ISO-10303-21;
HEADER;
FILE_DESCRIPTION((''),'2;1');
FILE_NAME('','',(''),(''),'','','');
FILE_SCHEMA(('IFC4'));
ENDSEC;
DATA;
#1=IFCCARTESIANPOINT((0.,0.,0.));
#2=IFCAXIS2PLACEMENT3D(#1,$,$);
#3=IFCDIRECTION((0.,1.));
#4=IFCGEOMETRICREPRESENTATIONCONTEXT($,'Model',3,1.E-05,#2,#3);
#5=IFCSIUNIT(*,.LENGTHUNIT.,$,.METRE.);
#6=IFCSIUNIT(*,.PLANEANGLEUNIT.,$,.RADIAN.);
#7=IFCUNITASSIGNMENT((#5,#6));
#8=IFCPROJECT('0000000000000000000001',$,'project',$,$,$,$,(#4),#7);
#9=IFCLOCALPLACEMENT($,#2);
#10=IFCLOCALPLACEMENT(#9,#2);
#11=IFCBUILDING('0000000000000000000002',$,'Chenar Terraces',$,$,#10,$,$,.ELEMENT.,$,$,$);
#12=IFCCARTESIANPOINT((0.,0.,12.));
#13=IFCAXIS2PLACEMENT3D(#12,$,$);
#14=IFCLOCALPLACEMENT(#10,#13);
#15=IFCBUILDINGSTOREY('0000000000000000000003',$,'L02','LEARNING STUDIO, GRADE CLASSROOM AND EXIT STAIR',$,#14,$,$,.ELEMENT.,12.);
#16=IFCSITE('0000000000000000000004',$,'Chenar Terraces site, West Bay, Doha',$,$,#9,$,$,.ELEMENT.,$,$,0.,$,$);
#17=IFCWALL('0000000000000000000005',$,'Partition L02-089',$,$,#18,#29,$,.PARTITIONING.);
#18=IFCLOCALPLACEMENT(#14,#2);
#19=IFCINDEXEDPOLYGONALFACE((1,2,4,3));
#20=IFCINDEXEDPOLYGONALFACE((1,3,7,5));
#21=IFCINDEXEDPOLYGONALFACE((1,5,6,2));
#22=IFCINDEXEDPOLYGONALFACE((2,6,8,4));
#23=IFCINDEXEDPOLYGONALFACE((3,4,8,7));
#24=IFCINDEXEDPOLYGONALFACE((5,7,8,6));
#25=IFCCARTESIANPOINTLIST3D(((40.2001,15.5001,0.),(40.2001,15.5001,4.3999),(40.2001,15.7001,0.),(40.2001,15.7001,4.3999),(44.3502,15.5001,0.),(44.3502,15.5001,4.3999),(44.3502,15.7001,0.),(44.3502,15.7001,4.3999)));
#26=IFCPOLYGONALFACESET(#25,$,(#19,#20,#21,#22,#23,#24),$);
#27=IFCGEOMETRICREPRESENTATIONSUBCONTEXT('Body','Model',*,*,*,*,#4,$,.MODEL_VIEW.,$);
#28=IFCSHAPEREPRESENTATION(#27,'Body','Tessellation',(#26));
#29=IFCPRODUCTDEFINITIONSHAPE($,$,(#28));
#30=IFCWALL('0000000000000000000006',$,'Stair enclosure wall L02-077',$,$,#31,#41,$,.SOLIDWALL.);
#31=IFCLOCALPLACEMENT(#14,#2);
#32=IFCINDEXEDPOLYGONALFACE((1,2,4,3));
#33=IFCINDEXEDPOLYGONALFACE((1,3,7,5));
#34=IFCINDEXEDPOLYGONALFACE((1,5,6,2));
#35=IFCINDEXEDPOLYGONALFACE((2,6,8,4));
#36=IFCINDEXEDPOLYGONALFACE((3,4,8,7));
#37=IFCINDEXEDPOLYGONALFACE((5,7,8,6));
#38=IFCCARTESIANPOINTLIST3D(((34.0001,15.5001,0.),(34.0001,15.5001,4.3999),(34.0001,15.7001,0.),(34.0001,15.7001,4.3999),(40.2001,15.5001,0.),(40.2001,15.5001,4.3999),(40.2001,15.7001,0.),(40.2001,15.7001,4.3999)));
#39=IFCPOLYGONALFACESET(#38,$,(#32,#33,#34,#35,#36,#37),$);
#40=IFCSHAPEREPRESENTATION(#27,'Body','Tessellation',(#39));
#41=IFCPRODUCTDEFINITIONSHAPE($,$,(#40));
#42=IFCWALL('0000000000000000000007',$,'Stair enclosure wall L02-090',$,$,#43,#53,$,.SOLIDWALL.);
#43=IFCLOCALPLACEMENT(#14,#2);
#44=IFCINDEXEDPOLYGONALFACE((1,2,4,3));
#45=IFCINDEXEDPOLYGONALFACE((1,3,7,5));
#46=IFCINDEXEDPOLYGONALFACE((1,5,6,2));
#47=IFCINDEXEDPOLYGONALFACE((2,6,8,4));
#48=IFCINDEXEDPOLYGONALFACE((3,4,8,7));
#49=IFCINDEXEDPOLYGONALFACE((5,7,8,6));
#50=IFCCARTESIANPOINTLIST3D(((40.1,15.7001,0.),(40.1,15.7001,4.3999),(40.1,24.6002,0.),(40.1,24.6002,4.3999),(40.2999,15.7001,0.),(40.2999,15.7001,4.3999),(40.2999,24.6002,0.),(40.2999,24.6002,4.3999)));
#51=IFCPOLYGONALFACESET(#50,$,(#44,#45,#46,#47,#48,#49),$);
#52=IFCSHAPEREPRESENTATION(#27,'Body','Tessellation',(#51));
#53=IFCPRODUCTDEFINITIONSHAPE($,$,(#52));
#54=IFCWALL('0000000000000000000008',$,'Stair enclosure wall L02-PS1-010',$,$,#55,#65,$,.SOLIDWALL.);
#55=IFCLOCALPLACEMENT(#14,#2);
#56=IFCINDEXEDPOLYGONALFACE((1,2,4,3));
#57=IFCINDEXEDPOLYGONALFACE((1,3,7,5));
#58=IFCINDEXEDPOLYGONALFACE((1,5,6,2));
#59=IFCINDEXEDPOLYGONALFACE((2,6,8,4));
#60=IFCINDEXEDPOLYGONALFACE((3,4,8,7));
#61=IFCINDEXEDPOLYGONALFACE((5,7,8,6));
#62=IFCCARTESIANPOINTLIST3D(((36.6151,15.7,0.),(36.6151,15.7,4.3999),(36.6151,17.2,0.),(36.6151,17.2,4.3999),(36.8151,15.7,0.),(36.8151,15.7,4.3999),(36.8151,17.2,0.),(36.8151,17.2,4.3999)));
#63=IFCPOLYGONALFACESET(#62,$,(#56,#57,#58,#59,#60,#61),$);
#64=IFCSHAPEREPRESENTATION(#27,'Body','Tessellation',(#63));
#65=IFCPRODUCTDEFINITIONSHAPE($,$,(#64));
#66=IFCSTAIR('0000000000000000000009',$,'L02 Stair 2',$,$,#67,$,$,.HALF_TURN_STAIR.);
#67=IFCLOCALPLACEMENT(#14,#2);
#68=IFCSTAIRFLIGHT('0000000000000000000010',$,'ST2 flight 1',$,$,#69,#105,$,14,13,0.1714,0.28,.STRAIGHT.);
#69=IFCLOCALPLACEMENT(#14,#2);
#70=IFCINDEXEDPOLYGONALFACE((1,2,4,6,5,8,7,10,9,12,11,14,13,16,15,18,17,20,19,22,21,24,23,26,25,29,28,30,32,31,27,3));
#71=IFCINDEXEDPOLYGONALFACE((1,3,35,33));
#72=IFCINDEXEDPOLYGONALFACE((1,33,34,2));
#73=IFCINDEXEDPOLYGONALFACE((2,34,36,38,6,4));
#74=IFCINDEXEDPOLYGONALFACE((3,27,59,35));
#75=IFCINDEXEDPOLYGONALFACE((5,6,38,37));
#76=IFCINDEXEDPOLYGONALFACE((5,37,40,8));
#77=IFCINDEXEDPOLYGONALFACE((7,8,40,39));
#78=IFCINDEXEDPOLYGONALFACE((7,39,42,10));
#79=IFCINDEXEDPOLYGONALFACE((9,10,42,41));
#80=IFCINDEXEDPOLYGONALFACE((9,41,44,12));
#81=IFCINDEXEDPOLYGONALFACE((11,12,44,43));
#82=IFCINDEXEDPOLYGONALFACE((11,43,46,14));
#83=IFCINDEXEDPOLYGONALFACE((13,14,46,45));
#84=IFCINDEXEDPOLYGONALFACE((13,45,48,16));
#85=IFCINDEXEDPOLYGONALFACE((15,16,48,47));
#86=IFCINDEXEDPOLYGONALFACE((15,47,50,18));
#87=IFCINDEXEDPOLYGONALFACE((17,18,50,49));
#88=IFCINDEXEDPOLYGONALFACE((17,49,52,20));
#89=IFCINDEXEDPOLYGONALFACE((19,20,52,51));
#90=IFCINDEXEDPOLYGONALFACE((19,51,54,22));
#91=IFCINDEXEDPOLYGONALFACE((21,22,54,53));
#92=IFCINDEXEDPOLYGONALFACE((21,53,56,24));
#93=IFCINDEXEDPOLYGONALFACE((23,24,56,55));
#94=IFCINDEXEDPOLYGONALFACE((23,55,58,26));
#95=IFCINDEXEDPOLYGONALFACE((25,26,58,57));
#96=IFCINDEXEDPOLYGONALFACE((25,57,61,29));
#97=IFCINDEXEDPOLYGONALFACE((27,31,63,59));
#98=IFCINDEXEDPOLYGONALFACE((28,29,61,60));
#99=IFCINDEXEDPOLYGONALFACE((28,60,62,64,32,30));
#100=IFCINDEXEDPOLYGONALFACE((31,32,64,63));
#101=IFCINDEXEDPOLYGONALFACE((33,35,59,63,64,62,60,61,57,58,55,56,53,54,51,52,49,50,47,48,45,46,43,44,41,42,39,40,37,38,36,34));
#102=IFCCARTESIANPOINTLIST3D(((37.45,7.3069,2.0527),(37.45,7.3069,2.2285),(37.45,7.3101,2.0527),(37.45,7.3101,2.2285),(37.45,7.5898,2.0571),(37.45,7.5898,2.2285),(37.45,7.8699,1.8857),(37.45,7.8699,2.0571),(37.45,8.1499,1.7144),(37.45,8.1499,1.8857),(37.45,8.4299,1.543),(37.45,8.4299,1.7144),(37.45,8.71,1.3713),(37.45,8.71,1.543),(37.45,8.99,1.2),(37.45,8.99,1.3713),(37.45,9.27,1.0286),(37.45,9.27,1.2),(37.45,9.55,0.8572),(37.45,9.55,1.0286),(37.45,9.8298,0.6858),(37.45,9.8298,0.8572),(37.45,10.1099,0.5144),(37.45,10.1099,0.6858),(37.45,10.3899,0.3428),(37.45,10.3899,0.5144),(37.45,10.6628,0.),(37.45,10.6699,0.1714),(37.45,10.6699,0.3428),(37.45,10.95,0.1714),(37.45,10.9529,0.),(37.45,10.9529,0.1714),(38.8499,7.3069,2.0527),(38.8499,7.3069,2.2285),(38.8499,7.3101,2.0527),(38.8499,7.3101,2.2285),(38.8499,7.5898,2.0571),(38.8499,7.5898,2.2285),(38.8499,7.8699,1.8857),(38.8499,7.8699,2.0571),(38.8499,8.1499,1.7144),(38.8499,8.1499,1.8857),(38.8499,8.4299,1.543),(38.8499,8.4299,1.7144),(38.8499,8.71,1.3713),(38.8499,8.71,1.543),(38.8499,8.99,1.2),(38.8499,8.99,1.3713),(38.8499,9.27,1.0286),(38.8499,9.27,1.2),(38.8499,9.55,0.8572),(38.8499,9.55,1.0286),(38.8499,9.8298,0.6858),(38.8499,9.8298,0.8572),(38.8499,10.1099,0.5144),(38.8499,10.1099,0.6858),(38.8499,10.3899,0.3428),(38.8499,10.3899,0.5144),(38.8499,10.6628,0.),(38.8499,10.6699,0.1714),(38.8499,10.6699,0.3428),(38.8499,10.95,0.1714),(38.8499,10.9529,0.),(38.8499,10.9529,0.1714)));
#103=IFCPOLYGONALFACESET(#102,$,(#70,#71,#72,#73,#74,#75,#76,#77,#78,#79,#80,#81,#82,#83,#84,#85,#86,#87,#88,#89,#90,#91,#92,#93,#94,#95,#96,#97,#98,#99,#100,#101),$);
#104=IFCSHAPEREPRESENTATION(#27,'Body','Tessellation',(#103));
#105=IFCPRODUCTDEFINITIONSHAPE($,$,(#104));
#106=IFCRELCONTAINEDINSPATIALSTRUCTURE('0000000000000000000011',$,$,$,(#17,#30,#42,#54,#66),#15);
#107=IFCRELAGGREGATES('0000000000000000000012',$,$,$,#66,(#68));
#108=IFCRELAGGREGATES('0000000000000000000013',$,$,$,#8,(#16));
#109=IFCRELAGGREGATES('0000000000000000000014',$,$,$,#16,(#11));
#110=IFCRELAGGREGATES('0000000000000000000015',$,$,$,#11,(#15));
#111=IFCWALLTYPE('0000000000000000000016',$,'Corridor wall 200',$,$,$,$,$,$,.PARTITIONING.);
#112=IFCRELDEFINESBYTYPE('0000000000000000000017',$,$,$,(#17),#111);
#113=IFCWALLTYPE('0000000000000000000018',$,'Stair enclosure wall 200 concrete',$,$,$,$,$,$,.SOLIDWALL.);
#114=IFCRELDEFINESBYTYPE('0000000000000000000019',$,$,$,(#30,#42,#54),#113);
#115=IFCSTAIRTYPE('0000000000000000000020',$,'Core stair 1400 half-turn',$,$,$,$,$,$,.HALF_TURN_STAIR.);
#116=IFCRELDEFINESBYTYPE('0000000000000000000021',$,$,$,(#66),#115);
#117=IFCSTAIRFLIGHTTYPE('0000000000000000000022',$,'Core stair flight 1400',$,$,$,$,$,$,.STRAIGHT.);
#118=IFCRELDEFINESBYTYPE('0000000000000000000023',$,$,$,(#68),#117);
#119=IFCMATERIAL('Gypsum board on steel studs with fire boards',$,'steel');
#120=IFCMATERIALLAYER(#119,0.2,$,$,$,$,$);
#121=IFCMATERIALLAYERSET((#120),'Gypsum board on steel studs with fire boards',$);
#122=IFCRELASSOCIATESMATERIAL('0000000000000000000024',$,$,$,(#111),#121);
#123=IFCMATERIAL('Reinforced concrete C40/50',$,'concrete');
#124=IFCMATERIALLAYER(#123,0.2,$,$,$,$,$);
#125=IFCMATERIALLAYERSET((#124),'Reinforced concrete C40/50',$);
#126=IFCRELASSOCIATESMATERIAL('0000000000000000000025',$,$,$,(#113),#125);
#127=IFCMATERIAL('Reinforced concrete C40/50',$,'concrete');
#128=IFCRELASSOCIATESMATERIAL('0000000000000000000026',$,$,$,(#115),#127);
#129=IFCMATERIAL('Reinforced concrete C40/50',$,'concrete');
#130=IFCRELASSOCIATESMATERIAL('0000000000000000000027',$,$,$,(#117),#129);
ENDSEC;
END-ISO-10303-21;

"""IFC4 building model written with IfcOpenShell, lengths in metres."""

from ifc_helpers import new_model, si_unit, direction, frame, frame_2d, origin, place, context, subcontext, project, spatial, polyline, rectangle, outline, extrude, material, layer, layer_set, type_object, element, aggregate, save


model = new_model("IFC4")

# Units and contexts
model_context = context("Model", 3, precision=1e-05, world=origin(), true_north=direction((0.0, 1.0)))
body_context = subcontext(model_context, "Body", "Model", "MODEL_VIEW")
ifc_project = project(units=[si_unit("LENGTHUNIT", "METRE"), si_unit("PLANEANGLEUNIT", "RADIAN")], contexts=[model_context])

# Site, building, storey
site_placement = place(None, origin())
site = spatial("IfcSite", under=ifc_project, at=site_placement, Name="Chenar Terraces site, West Bay, Doha", CompositionType="ELEMENT", RefElevation=0.0)
building_placement = place(site_placement, origin())
building = spatial("IfcBuilding", under=site, at=building_placement, Name="Chenar Terraces", CompositionType="ELEMENT")
storey_placement = place(building_placement, frame((0.0, 0.0, 12.0)))
storey = spatial("IfcBuildingStorey", under=building, at=storey_placement, Name="L02", Description="LEARNING STUDIO, GRADE CLASSROOM AND EXIT STAIR", CompositionType="ELEMENT", Elevation=12.0)

# Shared definitions
ifc_material_1 = material(Name="Gypsum board on steel studs with fire boards", Category="steel")
ifc_layer_1 = layer(ifc_material_1, 0.2)
ifc_layer_set_1 = layer_set([ifc_layer_1], Name="Gypsum board on steel studs with fire boards")
wall_type_1 = type_object("IfcWallType", Name="Corridor wall 200", PredefinedType="PARTITIONING", material=ifc_layer_set_1)

# Walls
wall_1_placement = place(storey_placement, frame((40.2, 15.6001, 0.0), z_axis=(0.0, 0.0, 1.0), x_axis=(1.0, 0.0, 0.0)))
element("IfcWall", 1, at=wall_1_placement, inside=storey, type_object=wall_type_1, Name="Partition L02-089", PredefinedType="PARTITIONING", context=body_context, shape_type="SweptSolid", body=[
    extrude(rectangle(XDim=4.1501, YDim=0.2, at=frame_2d((2.0752, 0.0))), origin(), (0.0, 0.0, 1.0), 4.3999),
])
ifc_material_2 = material(Name="Reinforced concrete C40/50", Category="concrete")
ifc_layer_2 = layer(ifc_material_2, 0.2)
ifc_layer_set_2 = layer_set([ifc_layer_2], Name="Reinforced concrete C40/50")
wall_type_2 = type_object("IfcWallType", Name="Stair enclosure wall 200 concrete", PredefinedType="SOLIDWALL", material=ifc_layer_set_2)
wall_2_placement = place(storey_placement, frame((34.0, 15.6001, 0.0), z_axis=(0.0, 0.0, 1.0), x_axis=(1.0, 0.0, 0.0)))
element("IfcWall", 2, at=wall_2_placement, inside=storey, type_object=wall_type_2, Name="Stair enclosure wall L02-077", PredefinedType="SOLIDWALL", context=body_context, shape_type="SweptSolid", body=[
    extrude(rectangle(XDim=6.2, YDim=0.2, at=frame_2d((3.1001, 0.0))), origin(), (0.0, 0.0, 1.0), 4.3999),
])
wall_3_placement = place(storey_placement, frame((40.2, 15.7, 0.0), z_axis=(0.0, 0.0, 1.0), x_axis=(0.0, 1.0, 0.0)))
element("IfcWall", 3, at=wall_3_placement, inside=storey, type_object=wall_type_2, Name="Stair enclosure wall L02-090", PredefinedType="SOLIDWALL", context=body_context, shape_type="SweptSolid", body=[
    extrude(rectangle(XDim=8.9001, YDim=0.2, at=frame_2d((4.4502, 0.0))), origin(), (0.0, 0.0, 1.0), 4.3999),
])
wall_4_placement = place(storey_placement, frame((36.7151, 15.7, 0.0), z_axis=(0.0, 0.0, 1.0), x_axis=(0.0, 1.0, 0.0)))
element("IfcWall", 4, at=wall_4_placement, inside=storey, type_object=wall_type_2, Name="Stair enclosure wall L02-PS1-010", PredefinedType="SOLIDWALL", context=body_context, shape_type="SweptSolid", body=[
    extrude(rectangle(XDim=1.5, YDim=0.2, at=frame_2d((0.75, 0.0))), origin(), (0.0, 0.0, 1.0), 4.3999),
])

# Stair, stair flight
ifc_material_3 = material(Name="Reinforced concrete C40/50", Category="concrete")
stair_type = type_object("IfcStairType", Name="Core stair 1400 half-turn", PredefinedType="HALF_TURN_STAIR", material=ifc_material_3)
stair_placement = place(storey_placement, origin())
stair = element("IfcStair", 5, at=stair_placement, inside=storey, type_object=stair_type, Name="L02 Stair 2", PredefinedType="HALF_TURN_STAIR")
ifc_material_4 = material(Name="Reinforced concrete C40/50", Category="concrete")
stair_flight_type = type_object("IfcStairFlightType", Name="Core stair flight 1400", PredefinedType="STRAIGHT", material=ifc_material_4)
stair_flight_placement = place(storey_placement, frame((38.1499, 10.95, 0.0), z_axis=(0.0, 0.0, 1.0), x_axis=(0.0, -1.0, 0.0)))
stair_flight = element("IfcStairFlight", 6, at=stair_flight_placement, type_object=stair_flight_type, Name="ST2 flight 1", NumberOfRisers=14, NumberOfTreads=13, PredefinedType="STRAIGHT", RiserHeight=0.1714, TreadLength=0.28, context=body_context, shape_type="SweptSolid", body=[
    extrude(outline(polyline([(-0.0029, 0.0), (-0.0029, 0.1714), (0.0, 0.1714), (0.28, 0.1714), (0.28, 0.3428), (0.5601, 0.3428), (0.5601, 0.5144), (0.8401, 0.5144), (0.8401, 0.6858), (1.1201, 0.6858), (1.1201, 0.8572), (1.3999, 0.8572), (1.3999, 1.0286), (1.6799, 1.0286), (1.6799, 1.2), (1.96, 1.2), (1.96, 1.3713), (2.24, 1.3713), (2.24, 1.543), (2.52, 1.543), (2.52, 1.7144), (2.8, 1.7144), (2.8, 1.8857), (3.0801, 1.8857), (3.0801, 2.0571), (3.3601, 2.0571), (3.3601, 2.2285), (3.6399, 2.2285), (3.6431, 2.2285), (3.6431, 2.0527), (3.6399, 2.0527), (0.2871, 0.0), (-0.0029, 0.0)])), frame((0.0, 0.7, 0.0), z_axis=(0.0, -1.0, 0.0), x_axis=(1.0, 0.0, 0.0)), (0.0, 0.0, 1.0), 1.3999),
])
aggregate(stair, [stair_flight])

save(model, "model.ifc")
